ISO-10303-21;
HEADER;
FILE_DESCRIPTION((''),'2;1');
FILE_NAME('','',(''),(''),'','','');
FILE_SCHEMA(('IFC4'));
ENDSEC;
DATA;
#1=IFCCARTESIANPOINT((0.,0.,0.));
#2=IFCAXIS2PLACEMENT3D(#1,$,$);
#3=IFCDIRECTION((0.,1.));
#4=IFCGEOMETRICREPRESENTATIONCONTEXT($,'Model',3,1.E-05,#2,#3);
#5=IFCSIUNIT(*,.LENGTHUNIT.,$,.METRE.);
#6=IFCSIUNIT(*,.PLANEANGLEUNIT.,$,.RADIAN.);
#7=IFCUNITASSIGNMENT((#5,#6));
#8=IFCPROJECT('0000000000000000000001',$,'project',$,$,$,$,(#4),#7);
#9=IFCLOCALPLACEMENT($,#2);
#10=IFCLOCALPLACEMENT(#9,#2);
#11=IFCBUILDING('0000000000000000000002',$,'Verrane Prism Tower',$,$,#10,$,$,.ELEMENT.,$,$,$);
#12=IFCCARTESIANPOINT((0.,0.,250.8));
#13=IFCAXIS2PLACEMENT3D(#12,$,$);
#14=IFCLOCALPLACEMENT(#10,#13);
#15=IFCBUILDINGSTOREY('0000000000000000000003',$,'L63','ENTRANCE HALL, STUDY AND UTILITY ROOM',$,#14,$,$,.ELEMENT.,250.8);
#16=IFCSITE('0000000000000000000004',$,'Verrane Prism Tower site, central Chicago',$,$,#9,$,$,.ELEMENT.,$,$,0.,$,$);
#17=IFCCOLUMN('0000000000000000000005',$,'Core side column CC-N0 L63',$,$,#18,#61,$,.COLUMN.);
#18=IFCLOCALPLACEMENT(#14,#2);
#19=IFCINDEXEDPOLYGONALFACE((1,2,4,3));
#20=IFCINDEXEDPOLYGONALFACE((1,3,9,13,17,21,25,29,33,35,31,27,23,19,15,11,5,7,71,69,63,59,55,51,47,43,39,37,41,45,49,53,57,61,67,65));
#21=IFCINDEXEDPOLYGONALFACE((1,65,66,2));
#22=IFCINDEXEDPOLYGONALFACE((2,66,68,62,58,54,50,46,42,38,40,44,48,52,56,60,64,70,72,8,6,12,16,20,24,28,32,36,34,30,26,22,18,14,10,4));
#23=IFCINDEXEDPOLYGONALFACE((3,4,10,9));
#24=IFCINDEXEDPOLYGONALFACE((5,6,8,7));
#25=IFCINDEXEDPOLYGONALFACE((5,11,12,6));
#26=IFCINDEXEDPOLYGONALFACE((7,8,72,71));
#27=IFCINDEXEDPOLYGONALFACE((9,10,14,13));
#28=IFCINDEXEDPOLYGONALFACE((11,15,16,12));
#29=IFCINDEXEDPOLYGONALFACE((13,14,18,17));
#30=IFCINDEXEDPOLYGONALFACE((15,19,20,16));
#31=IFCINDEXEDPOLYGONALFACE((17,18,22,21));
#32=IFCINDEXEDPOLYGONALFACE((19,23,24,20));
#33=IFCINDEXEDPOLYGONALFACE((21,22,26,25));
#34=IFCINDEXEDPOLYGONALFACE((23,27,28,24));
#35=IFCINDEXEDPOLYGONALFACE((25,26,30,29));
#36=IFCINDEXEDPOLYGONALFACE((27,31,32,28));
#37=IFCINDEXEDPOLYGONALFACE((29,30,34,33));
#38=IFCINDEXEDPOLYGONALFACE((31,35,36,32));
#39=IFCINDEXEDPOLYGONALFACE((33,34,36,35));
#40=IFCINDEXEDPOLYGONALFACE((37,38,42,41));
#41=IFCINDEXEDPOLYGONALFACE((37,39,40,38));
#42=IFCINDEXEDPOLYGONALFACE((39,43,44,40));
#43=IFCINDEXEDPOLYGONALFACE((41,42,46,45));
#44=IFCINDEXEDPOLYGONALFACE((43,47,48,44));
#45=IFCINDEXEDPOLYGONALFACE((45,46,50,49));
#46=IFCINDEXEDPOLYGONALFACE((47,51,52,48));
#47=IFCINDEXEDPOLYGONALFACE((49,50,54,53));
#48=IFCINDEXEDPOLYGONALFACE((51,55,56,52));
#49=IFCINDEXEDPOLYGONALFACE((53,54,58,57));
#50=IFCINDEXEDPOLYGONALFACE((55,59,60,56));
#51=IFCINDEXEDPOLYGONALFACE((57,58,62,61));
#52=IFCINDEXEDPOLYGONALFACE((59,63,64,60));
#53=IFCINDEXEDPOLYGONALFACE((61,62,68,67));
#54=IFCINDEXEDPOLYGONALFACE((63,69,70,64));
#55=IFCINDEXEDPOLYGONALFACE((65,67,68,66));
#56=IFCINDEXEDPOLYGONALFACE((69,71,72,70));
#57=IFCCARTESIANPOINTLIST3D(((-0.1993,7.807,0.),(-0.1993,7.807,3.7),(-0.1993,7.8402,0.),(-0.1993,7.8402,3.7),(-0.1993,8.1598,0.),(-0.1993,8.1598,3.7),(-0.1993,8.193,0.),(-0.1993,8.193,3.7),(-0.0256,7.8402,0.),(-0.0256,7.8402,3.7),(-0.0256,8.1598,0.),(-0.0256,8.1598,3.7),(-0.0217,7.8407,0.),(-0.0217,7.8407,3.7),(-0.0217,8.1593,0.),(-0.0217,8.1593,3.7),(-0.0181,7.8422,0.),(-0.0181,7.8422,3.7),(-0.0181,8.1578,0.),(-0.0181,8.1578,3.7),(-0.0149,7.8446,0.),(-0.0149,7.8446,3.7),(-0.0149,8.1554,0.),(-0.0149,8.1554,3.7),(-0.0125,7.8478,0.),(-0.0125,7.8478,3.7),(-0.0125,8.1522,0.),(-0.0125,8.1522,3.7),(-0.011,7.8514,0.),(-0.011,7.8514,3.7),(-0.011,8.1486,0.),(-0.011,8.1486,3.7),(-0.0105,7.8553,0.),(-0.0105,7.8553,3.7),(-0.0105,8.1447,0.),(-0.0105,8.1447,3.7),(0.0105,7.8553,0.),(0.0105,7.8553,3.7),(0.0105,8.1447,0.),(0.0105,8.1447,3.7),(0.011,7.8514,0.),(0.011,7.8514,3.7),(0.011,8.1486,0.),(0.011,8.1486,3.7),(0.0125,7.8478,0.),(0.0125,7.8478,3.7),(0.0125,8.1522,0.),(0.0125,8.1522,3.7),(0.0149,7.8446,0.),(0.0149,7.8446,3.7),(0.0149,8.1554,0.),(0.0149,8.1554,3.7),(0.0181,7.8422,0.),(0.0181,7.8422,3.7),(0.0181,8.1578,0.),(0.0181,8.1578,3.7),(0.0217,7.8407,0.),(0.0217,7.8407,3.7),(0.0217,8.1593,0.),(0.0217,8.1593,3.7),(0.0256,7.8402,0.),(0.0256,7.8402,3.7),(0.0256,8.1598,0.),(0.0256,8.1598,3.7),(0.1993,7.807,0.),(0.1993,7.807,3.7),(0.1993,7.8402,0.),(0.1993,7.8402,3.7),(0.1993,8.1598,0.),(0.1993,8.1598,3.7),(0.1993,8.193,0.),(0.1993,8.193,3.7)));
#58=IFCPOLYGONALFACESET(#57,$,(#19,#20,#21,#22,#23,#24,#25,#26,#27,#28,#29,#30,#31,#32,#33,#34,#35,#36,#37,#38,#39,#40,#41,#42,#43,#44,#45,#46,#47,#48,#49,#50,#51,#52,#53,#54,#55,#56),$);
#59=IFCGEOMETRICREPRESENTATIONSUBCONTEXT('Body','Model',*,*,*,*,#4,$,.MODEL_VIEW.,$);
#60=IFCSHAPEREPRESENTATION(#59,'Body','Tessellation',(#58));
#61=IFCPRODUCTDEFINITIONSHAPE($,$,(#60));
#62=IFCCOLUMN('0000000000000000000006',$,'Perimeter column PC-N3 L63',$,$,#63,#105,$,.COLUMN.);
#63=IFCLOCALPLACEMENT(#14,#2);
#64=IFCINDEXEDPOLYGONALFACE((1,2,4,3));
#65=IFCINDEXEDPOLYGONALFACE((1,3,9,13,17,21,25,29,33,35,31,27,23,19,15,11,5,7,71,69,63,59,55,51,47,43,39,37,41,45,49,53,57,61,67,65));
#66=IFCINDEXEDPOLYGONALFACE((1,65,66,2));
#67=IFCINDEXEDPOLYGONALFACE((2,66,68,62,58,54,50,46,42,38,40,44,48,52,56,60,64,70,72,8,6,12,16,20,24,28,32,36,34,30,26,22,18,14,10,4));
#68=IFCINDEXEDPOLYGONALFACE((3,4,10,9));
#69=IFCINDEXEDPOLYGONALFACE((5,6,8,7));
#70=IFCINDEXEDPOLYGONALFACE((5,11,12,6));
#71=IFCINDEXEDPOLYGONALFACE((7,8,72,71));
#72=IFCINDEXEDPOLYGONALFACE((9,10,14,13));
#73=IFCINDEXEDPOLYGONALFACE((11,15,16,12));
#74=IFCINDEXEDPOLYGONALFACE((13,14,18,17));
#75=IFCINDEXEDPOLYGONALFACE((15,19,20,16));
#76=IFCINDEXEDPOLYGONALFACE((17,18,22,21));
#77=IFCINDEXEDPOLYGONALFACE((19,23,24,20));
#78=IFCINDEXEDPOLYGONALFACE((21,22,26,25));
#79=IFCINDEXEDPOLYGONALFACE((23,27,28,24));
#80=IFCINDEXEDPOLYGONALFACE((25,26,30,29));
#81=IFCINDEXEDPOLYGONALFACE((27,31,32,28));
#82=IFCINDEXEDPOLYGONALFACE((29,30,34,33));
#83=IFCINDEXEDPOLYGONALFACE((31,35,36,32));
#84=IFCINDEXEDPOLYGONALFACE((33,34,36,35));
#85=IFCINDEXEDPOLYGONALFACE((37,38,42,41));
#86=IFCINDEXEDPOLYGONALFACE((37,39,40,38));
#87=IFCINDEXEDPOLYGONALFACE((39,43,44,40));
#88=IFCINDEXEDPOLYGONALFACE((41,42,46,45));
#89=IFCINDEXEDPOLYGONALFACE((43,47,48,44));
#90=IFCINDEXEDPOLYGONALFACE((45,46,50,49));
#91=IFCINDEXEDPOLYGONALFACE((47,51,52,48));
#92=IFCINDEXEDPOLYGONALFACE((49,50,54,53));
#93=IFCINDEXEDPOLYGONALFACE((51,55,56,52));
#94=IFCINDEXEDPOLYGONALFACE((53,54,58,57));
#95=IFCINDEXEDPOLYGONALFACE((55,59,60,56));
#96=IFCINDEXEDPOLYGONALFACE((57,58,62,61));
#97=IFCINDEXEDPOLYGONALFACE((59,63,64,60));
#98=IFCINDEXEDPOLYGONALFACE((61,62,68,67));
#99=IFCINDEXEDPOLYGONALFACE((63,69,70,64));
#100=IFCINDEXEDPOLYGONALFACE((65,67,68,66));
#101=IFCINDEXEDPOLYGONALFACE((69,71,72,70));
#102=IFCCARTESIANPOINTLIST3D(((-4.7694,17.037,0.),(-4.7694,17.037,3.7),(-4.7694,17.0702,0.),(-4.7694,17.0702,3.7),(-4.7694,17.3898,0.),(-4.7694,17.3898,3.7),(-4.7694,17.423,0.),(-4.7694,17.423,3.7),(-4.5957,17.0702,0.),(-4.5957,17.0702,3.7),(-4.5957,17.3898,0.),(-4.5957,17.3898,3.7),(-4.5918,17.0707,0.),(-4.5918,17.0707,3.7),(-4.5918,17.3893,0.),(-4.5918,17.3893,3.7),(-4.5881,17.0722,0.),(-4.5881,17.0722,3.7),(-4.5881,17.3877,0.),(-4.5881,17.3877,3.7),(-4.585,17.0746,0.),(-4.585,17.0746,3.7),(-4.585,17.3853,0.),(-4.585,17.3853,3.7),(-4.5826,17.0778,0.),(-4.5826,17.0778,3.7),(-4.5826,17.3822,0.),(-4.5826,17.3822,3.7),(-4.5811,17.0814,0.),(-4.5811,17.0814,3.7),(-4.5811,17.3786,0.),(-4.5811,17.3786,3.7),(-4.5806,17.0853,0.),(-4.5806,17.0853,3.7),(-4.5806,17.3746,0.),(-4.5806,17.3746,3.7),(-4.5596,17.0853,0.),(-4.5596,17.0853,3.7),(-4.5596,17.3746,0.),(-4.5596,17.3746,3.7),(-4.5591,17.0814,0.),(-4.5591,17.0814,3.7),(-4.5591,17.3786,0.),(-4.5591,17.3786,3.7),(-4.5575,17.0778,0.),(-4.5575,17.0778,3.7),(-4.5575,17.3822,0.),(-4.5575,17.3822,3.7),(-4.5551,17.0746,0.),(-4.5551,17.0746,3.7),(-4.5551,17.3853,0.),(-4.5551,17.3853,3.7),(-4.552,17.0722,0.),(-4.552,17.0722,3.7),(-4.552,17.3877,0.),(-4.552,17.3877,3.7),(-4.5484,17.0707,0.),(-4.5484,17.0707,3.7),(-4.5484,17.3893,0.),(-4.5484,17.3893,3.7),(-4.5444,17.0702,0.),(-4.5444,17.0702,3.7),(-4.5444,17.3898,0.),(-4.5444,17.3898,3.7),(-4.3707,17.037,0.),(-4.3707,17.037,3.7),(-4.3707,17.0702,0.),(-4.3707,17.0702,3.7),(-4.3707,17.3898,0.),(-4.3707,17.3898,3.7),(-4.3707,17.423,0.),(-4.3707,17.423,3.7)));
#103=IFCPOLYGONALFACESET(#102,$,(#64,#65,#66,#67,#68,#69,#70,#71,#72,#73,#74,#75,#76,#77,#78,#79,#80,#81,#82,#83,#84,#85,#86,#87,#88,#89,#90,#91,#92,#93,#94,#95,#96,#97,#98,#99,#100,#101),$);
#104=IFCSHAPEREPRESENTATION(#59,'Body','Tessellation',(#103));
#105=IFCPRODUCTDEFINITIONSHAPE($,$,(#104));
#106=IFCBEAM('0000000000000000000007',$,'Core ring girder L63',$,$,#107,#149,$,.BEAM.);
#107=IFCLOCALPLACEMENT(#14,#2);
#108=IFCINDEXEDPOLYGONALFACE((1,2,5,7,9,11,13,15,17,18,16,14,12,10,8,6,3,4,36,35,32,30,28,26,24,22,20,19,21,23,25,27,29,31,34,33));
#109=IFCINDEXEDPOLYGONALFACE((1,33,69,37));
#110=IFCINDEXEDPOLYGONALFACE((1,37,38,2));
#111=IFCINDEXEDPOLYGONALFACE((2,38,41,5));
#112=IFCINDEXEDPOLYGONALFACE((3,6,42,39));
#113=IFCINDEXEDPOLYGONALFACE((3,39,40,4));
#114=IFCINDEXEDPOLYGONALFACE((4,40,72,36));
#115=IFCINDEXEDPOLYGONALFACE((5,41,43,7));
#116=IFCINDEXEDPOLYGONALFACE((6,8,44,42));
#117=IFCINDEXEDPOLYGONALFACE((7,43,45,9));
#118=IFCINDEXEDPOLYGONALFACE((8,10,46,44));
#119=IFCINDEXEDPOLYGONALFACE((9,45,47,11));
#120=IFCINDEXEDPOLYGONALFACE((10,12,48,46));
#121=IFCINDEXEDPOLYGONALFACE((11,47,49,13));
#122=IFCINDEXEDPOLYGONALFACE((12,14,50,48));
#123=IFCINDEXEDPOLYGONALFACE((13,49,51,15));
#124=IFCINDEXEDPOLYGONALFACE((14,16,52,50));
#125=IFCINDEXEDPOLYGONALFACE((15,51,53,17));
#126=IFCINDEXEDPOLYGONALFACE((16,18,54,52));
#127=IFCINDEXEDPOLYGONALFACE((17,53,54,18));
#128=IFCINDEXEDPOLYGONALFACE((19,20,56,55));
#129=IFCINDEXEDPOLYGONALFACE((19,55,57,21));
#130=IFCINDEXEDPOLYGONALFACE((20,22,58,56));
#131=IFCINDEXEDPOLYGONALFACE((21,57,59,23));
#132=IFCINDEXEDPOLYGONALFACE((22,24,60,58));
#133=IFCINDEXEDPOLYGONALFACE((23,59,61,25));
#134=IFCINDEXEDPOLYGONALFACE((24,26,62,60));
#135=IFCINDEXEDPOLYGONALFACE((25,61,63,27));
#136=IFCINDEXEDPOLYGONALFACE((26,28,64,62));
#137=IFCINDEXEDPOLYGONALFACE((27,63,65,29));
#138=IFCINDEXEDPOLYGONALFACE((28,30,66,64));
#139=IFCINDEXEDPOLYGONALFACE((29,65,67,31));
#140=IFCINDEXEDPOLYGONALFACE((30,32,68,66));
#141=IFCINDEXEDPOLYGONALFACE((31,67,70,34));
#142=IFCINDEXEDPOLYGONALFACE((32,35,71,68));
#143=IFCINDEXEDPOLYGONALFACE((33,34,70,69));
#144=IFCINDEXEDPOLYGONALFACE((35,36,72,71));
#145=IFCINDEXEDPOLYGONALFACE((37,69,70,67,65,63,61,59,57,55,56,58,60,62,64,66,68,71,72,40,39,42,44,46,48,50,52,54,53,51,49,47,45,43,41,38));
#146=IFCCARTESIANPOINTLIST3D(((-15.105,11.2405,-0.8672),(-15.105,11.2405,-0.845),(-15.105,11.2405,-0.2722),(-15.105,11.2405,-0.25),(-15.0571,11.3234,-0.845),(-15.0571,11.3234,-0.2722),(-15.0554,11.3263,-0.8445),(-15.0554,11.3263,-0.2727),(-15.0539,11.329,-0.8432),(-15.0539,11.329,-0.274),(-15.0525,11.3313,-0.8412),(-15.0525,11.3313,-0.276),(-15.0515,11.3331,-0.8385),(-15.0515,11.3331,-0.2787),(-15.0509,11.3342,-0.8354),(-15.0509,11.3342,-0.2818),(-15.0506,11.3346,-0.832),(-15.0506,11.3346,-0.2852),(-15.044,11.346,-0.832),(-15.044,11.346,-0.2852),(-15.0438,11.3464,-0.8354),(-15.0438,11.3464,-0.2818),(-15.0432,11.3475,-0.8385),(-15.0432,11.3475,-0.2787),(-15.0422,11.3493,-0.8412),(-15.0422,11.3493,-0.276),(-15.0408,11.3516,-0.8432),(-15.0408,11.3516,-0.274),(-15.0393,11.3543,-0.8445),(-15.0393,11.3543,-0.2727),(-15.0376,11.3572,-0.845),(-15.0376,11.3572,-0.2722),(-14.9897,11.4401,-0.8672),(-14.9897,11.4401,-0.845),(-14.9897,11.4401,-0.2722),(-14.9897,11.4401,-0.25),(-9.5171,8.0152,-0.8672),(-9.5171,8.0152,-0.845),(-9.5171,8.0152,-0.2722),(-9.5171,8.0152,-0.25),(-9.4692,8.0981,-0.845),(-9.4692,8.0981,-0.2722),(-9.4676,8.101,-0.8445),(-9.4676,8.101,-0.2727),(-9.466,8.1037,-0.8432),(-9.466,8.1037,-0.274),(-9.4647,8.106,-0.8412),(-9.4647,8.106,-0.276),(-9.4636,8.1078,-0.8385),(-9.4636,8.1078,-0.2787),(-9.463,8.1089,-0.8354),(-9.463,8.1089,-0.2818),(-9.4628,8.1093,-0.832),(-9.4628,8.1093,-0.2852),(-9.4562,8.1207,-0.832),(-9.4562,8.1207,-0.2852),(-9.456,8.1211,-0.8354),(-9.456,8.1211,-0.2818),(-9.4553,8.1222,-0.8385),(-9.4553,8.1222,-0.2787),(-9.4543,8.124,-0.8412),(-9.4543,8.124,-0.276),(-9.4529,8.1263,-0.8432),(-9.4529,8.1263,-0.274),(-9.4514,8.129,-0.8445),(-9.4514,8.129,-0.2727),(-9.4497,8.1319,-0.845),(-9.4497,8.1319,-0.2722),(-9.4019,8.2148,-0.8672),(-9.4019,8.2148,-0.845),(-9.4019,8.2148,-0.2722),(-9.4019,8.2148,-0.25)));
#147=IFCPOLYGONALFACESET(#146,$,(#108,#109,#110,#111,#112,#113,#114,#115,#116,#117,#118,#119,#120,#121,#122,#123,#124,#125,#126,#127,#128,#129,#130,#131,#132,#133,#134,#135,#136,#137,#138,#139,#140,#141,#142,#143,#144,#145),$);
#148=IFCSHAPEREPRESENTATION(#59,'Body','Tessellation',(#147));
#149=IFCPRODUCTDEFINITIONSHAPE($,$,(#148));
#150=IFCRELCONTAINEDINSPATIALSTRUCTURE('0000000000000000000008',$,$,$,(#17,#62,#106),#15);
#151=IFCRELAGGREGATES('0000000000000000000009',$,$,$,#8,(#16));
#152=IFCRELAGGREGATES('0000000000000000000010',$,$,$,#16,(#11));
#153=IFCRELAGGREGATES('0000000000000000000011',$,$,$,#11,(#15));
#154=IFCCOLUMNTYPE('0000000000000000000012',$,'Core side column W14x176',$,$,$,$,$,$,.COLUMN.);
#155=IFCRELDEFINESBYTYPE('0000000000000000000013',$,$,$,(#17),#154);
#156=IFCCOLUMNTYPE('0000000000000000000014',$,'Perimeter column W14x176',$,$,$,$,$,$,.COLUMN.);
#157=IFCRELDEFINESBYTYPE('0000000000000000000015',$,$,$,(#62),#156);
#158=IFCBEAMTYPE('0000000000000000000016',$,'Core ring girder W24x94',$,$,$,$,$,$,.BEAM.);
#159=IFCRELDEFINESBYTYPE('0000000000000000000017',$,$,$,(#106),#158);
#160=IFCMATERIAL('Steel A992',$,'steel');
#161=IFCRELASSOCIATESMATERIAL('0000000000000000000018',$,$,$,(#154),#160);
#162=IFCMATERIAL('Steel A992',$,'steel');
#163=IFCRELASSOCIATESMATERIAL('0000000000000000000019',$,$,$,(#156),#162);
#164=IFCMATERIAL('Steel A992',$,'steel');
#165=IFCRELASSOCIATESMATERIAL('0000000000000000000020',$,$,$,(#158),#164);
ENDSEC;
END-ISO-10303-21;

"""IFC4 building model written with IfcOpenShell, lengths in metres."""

from ifc_helpers import new_model, si_unit, direction, frame, origin, origin_2d, place, context, subcontext, project, spatial, i_section, extrude, material, material_profile, profile_set, type_object, element, save


model = new_model("IFC4")

# Units and contexts
model_context = context("Model", 3, precision=1e-05, world=origin(), true_north=direction((0.0, 1.0)))
body_context = subcontext(model_context, "Body", "Model", "MODEL_VIEW")
ifc_project = project(units=[si_unit("LENGTHUNIT", "METRE"), si_unit("PLANEANGLEUNIT", "RADIAN")], contexts=[model_context])

# Site, building, storey
site_placement = place(None, origin())
site = spatial("IfcSite", under=ifc_project, at=site_placement, Name="Verrane Prism Tower site, central Chicago", CompositionType="ELEMENT", RefElevation=0.0)
building_placement = place(site_placement, origin())
building = spatial("IfcBuilding", under=site, at=building_placement, Name="Verrane Prism Tower", CompositionType="ELEMENT")
storey_placement = place(building_placement, frame((0.0, 0.0, 250.8)))
storey = spatial("IfcBuildingStorey", under=building, at=storey_placement, Name="L63", Description="ENTRANCE HALL, STUDY AND UTILITY ROOM", CompositionType="ELEMENT", Elevation=250.8)

# Columns
ifc_material_1 = material(Name="Steel A992", Category="steel")
ifc_material_profile_1 = material_profile(ifc_material_1, i_section(OverallWidth=0.3987, OverallDepth=0.386, WebThickness=0.021, FlangeThickness=0.0332, FilletRadius=0.0151, at=origin_2d()), Name="W14x176")
ifc_profile_set_1 = profile_set([ifc_material_profile_1], Name="Steel A992")
column_type_1 = type_object("IfcColumnType", Name="Core side column W14x176", PredefinedType="COLUMN", material=ifc_profile_set_1)
column_1_placement = place(storey_placement, frame((0.0, 8.0, 0.0), z_axis=(0.0, 0.0, 1.0), x_axis=(1.0, 0.0, 0.0)))
element("IfcColumn", 1, at=column_1_placement, inside=storey, type_object=column_type_1, Name="Core side column CC-N0 L63", PredefinedType="COLUMN", context=body_context, shape_type="SweptSolid", body=[
    extrude(i_section(OverallWidth=0.3987, OverallDepth=0.386, WebThickness=0.021, FlangeThickness=0.0332, FilletRadius=0.0151, at=origin_2d()), origin(), (0.0, 0.0, 1.0), 3.7),
])
ifc_material_2 = material(Name="Steel A992", Category="steel")
ifc_material_profile_2 = material_profile(ifc_material_2, i_section(OverallWidth=0.3987, OverallDepth=0.386, WebThickness=0.021, FlangeThickness=0.0332, FilletRadius=0.0151, at=origin_2d()), Name="W14x176")
ifc_profile_set_2 = profile_set([ifc_material_profile_2], Name="Steel A992")
column_type_2 = type_object("IfcColumnType", Name="Perimeter column W14x176", PredefinedType="COLUMN", material=ifc_profile_set_2)
column_2_placement = place(storey_placement, frame((-4.5701, 17.23, 0.0), z_axis=(0.0, 0.0, 1.0), x_axis=(1.0, 0.0, 0.0)))
element("IfcColumn", 2, at=column_2_placement, inside=storey, type_object=column_type_2, Name="Perimeter column PC-N3 L63", PredefinedType="COLUMN", context=body_context, shape_type="SweptSolid", body=[
    extrude(i_section(OverallWidth=0.3987, OverallDepth=0.386, WebThickness=0.021, FlangeThickness=0.0332, FilletRadius=0.0151, at=origin_2d()), origin(), (0.0, 0.0, 1.0), 3.7),
])

# Beam
ifc_material_3 = material(Name="Steel A992", Category="steel")
ifc_material_profile_3 = material_profile(ifc_material_3, i_section(OverallWidth=0.2305, OverallDepth=0.6172, WebThickness=0.0132, FlangeThickness=0.0222, FilletRadius=0.0129, at=origin_2d()), Name="W24x94")
ifc_profile_set_3 = profile_set([ifc_material_profile_3], Name="Steel A992")
beam_type_1 = type_object("IfcBeamType", Name="Core ring girder W24x94", PredefinedType="BEAM", material=ifc_profile_set_3)
beam_1_placement = place(storey_placement, frame((-9.4595, 8.115, -0.5586), z_axis=(-0.866081, 0.499904, 0.0), x_axis=(-0.499904, -0.866081, 0.0)))
element("IfcBeam", 3, at=beam_1_placement, inside=storey, type_object=beam_type_1, Name="Core ring girder L63", PredefinedType="BEAM", context=body_context, shape_type="SweptSolid", body=[
    extrude(i_section(OverallWidth=0.2305, OverallDepth=0.6172, WebThickness=0.0132, FlangeThickness=0.0222, FilletRadius=0.0129, at=origin_2d()), origin(), (0.0, 0.0, 1.0), 6.4519),
])

save(model, "model.ifc")
